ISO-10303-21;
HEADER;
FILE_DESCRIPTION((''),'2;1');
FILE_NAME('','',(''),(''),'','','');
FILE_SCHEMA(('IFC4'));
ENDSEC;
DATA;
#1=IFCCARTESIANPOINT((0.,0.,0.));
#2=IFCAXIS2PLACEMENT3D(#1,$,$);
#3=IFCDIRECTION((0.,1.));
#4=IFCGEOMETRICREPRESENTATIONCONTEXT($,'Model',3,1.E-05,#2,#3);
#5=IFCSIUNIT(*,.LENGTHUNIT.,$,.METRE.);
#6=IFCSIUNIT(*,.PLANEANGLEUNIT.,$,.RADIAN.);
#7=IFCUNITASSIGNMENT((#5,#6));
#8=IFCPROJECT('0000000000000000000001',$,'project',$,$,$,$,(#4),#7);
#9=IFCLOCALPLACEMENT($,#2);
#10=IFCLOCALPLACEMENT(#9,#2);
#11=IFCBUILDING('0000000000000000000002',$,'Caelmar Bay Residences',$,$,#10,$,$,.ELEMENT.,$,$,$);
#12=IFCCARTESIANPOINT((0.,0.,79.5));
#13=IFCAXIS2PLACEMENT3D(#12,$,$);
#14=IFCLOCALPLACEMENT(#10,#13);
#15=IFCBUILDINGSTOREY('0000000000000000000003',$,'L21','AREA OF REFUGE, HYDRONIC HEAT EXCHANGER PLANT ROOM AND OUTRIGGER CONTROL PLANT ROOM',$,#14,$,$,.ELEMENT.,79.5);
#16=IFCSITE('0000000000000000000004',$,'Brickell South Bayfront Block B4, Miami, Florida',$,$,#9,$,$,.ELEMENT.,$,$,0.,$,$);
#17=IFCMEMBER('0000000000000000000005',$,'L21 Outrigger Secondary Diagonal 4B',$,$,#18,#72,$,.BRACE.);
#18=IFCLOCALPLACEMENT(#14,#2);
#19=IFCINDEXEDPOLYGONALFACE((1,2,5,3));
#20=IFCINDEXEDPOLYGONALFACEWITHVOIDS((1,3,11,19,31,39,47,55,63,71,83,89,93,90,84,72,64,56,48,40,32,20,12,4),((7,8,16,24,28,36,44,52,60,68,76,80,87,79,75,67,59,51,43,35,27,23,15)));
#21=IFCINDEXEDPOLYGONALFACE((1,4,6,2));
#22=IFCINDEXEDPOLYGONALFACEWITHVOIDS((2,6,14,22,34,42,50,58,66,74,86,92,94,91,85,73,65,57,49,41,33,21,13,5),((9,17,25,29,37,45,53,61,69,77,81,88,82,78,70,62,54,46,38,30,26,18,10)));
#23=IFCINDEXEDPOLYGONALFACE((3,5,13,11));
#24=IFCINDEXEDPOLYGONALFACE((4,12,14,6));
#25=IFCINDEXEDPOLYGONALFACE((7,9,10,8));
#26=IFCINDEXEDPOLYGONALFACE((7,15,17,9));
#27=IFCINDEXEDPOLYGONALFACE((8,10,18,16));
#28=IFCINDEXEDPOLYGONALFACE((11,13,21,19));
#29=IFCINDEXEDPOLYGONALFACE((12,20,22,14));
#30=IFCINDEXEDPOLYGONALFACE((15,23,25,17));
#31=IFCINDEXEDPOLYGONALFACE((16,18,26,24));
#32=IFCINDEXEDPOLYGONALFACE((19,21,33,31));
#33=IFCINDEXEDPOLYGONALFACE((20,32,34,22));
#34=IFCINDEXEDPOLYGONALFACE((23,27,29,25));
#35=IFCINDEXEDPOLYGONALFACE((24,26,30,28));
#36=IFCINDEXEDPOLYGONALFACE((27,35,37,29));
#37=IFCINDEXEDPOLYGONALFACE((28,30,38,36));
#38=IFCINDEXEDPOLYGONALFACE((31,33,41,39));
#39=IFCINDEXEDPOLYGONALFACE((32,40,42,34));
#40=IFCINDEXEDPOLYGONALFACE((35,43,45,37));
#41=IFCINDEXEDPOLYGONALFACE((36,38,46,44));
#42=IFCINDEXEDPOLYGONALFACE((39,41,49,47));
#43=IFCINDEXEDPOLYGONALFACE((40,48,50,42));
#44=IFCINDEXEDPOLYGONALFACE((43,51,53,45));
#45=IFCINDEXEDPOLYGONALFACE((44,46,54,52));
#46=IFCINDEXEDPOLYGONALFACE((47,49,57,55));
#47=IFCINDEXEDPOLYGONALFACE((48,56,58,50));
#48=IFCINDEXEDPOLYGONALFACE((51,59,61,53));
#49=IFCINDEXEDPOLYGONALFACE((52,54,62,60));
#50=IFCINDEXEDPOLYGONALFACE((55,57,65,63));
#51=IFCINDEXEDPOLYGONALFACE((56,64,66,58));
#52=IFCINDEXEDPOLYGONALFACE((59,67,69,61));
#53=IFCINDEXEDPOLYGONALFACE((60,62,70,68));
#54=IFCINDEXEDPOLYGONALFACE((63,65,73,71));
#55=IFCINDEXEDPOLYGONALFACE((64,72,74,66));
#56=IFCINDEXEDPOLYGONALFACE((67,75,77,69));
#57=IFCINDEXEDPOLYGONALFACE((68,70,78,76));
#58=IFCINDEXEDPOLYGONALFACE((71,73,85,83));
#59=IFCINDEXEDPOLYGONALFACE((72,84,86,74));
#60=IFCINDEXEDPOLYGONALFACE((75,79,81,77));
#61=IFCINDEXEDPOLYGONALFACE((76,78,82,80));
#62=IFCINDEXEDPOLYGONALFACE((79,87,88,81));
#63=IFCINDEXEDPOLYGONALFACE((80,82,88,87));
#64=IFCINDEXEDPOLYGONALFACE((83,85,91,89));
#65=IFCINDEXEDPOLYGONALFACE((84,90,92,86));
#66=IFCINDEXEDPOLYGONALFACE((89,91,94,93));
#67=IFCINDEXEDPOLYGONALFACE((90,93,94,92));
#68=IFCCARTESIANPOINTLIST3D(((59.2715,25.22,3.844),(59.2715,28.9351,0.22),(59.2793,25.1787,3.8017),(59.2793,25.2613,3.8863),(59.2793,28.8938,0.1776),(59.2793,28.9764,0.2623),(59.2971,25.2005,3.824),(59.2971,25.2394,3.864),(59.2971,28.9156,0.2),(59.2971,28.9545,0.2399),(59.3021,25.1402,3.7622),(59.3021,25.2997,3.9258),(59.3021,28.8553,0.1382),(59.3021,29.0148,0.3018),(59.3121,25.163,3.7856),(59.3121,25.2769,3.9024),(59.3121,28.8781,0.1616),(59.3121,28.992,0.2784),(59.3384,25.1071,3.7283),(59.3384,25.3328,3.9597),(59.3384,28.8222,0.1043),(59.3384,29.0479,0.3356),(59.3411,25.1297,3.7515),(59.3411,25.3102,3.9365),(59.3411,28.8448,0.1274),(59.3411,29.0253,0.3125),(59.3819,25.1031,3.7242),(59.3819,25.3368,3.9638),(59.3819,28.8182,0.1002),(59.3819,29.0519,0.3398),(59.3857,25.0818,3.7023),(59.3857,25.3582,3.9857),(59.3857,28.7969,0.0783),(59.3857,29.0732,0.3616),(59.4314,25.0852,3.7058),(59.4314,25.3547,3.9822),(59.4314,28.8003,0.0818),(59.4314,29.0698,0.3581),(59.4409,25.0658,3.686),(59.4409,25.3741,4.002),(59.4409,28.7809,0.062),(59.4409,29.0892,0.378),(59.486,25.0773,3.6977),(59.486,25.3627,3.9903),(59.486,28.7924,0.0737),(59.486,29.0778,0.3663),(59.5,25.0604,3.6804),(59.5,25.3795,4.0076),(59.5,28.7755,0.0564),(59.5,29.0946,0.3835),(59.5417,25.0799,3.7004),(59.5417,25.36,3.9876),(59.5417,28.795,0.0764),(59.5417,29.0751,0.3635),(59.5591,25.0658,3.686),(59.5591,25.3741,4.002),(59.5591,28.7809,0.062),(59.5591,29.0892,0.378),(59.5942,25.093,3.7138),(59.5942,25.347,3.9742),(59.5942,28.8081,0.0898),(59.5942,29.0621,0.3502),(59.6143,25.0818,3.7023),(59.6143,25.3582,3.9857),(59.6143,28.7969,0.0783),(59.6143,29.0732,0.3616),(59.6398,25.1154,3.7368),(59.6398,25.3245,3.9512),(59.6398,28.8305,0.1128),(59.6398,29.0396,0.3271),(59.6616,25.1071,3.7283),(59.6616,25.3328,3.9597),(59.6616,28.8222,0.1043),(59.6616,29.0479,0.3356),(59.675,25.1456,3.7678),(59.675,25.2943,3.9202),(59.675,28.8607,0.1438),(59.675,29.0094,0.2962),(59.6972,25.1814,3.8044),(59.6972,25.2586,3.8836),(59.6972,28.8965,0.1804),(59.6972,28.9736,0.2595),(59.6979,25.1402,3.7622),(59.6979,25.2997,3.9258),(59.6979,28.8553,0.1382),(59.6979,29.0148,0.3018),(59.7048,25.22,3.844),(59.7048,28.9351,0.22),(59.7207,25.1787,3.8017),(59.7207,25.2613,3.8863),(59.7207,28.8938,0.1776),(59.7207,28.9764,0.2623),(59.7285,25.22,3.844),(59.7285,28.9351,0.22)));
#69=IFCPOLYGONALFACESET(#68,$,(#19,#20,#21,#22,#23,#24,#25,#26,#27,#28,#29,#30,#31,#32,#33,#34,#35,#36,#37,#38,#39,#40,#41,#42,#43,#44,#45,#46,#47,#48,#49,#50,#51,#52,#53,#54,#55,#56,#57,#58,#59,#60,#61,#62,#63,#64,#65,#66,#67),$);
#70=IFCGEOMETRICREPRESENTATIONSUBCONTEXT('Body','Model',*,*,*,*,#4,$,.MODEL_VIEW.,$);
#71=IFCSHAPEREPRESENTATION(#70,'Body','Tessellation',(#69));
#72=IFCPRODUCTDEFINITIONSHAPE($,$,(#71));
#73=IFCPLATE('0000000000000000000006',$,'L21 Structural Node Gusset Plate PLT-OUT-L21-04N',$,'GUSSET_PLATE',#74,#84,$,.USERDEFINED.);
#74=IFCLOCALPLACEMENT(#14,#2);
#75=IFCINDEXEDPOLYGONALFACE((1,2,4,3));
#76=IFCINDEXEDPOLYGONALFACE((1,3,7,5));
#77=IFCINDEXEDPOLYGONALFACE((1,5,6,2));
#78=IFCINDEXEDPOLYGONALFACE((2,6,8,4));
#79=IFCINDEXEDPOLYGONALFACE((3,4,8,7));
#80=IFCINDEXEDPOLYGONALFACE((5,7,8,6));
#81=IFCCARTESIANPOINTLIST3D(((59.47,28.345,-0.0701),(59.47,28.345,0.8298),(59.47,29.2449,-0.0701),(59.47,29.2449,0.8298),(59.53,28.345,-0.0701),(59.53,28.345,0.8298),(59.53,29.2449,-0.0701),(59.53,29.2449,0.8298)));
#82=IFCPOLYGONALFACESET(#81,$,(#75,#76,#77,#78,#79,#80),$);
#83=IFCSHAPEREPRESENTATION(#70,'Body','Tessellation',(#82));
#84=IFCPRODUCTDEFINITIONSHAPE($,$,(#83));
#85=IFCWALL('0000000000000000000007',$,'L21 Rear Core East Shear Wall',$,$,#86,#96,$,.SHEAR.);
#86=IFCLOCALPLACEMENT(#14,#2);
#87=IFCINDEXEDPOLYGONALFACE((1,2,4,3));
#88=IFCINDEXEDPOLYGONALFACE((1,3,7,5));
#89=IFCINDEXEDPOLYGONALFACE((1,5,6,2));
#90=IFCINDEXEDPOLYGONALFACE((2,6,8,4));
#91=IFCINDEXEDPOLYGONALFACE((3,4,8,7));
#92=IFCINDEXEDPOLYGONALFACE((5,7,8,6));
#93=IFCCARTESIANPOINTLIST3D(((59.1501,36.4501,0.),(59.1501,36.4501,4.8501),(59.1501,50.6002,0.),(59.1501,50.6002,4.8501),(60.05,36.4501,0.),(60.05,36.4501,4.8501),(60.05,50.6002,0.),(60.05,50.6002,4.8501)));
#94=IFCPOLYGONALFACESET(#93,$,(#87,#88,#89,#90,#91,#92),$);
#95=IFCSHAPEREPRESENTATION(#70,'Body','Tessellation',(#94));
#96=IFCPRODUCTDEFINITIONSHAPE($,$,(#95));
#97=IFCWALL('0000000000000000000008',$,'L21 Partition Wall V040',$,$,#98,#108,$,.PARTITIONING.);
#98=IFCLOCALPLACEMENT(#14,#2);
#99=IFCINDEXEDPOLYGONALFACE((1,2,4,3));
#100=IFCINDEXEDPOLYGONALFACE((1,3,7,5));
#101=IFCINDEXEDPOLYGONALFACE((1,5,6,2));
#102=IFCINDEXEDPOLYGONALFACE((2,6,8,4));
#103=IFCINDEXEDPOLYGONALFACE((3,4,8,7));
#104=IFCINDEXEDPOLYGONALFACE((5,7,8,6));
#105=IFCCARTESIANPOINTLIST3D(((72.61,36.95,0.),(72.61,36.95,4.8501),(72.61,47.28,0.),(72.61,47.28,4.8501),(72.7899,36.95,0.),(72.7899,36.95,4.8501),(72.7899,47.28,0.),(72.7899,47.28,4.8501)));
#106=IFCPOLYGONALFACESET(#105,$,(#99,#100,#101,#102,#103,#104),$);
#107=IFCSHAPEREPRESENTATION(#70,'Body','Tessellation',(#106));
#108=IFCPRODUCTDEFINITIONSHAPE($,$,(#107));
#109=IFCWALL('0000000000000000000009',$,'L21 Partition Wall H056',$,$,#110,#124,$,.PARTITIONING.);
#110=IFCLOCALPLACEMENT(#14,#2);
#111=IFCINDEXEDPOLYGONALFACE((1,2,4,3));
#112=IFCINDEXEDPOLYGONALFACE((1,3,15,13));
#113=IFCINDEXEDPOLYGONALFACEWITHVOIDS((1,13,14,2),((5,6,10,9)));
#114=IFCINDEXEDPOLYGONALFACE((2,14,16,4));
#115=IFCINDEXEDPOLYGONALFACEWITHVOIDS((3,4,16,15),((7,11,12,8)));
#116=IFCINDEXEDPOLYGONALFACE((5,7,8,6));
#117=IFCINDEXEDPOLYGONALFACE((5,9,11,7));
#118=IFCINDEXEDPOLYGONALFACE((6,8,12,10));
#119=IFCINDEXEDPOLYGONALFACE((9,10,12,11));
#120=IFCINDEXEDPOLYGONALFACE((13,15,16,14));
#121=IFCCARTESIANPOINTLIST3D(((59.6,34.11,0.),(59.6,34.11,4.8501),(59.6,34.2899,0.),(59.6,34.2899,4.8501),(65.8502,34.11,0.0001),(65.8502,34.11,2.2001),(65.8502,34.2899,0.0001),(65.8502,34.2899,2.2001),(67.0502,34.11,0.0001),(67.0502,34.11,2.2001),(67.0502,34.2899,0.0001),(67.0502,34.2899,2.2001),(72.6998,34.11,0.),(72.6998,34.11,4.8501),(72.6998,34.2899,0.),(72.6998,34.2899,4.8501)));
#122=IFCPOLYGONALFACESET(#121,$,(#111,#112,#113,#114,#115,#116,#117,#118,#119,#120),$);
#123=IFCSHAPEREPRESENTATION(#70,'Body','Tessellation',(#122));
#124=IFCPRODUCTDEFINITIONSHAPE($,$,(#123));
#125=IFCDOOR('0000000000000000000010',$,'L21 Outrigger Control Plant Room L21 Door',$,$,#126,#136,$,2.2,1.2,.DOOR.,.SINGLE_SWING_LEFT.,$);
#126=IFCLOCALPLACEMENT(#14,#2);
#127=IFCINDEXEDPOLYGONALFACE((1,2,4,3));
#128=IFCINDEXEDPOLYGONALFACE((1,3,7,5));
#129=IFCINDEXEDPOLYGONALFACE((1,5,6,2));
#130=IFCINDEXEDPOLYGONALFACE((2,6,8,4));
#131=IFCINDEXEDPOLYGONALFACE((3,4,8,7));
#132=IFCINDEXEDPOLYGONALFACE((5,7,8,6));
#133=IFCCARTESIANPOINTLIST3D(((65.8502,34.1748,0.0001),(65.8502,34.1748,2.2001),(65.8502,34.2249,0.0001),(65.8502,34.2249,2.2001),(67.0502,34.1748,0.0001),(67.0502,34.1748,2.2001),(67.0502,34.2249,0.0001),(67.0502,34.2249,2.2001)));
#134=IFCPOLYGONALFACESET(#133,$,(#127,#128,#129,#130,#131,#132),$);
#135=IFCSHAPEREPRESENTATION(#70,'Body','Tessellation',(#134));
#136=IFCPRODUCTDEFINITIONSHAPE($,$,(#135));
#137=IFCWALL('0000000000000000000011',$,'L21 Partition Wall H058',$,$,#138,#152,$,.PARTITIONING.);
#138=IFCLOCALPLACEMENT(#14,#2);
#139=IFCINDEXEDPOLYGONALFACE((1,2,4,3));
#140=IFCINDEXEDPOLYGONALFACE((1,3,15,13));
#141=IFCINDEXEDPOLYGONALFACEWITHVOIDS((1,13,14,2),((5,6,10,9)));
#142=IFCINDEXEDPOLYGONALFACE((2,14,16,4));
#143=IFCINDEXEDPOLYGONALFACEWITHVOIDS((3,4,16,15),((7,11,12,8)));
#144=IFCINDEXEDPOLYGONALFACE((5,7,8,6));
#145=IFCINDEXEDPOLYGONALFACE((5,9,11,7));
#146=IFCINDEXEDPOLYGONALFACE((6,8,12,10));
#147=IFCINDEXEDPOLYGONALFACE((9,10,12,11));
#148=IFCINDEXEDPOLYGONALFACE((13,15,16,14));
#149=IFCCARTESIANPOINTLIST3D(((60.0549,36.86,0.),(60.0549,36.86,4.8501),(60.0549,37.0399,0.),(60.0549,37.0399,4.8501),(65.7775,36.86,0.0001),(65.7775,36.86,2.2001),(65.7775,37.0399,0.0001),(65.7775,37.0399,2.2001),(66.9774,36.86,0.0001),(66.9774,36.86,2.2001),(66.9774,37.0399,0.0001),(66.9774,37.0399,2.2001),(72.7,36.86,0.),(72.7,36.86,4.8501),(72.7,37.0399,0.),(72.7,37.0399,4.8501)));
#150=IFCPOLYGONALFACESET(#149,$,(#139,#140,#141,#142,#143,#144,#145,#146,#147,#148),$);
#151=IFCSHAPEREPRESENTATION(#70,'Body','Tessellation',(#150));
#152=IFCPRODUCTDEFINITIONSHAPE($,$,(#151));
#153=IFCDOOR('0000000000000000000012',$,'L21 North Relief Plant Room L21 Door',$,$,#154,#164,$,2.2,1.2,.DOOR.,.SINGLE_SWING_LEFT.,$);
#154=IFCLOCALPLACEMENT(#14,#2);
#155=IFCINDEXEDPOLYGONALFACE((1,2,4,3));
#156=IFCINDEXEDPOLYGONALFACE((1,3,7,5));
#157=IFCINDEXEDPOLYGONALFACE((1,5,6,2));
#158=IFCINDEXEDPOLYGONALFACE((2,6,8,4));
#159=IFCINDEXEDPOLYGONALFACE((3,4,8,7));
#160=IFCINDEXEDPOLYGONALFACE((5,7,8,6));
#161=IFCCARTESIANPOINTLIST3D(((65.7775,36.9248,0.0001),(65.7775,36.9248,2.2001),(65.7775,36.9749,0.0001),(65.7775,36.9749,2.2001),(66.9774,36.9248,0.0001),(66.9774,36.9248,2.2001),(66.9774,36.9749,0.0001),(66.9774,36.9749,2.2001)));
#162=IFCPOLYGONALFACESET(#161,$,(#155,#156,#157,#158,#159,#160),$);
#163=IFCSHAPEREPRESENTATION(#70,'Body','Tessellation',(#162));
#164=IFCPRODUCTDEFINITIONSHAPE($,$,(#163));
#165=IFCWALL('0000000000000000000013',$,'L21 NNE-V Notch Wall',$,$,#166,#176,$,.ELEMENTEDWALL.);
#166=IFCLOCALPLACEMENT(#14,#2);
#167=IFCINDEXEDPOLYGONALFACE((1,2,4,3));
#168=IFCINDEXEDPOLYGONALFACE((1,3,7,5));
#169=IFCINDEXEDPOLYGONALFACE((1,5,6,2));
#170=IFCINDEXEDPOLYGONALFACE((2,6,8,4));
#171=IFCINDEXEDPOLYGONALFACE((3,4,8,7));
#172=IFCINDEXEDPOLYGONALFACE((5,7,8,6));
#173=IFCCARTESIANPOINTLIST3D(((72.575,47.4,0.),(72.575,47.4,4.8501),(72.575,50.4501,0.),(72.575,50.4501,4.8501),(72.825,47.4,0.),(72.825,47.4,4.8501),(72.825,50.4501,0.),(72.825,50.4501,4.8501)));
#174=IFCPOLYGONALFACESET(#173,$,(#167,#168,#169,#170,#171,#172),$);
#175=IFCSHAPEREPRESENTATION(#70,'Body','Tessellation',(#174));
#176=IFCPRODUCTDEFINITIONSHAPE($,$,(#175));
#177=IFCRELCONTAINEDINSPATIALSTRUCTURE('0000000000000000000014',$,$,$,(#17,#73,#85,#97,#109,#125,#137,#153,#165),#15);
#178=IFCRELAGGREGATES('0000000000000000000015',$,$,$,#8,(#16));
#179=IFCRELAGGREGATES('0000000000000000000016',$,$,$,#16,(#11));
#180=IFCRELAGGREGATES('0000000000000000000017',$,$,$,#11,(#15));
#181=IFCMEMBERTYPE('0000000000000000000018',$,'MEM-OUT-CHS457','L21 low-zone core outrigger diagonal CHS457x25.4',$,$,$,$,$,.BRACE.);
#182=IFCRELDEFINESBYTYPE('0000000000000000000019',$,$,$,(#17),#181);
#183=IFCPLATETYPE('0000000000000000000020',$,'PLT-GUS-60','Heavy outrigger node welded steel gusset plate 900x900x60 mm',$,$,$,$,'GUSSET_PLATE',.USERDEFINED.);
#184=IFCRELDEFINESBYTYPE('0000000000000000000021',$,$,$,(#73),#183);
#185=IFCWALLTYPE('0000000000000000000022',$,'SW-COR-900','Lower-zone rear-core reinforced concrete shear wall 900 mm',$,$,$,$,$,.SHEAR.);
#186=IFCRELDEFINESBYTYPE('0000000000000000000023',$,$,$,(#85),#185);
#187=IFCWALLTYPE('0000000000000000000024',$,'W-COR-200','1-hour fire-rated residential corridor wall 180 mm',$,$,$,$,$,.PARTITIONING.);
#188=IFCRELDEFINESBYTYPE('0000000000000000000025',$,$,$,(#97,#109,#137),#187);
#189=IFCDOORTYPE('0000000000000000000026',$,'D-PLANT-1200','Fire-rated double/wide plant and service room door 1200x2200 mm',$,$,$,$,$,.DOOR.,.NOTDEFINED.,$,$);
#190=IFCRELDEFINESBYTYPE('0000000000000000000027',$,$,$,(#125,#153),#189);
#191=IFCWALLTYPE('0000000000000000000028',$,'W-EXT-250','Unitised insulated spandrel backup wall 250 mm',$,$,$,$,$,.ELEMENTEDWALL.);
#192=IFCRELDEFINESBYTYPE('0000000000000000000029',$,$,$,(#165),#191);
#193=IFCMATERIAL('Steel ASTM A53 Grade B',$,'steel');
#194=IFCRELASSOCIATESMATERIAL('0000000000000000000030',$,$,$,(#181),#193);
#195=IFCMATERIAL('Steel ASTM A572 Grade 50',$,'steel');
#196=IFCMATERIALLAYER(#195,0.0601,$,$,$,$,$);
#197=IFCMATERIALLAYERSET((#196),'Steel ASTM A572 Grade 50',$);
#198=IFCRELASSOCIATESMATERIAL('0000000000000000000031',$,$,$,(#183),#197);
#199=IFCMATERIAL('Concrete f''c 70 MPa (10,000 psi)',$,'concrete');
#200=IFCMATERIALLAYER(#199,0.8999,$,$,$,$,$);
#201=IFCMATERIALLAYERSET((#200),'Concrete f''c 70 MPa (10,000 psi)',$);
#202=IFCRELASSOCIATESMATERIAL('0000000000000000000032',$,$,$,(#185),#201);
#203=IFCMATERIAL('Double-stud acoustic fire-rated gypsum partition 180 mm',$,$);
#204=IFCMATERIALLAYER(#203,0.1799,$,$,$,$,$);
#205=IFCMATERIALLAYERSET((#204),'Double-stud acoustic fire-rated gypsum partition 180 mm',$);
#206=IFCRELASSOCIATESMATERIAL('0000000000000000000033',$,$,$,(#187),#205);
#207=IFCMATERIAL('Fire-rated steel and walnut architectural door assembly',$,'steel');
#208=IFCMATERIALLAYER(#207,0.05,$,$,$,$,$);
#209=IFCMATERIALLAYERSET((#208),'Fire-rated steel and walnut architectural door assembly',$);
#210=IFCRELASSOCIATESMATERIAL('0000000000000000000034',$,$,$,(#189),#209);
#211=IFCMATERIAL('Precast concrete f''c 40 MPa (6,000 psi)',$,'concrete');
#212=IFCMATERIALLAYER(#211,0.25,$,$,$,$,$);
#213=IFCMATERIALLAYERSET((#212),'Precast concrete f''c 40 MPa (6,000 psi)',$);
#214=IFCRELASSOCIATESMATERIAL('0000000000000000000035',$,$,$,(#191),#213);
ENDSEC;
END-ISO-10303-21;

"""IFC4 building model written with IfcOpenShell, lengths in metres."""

from ifc_helpers import new_model, si_unit, direction, frame, frame_2d, origin, origin_2d, place, context, subcontext, project, spatial, rectangle, hollow_circle, extrude, material, layer, layer_set, material_profile, profile_set, type_object, element, fill, save


model = new_model("IFC4")

# Units and contexts
model_context = context("Model", 3, precision=1e-05, world=origin(), true_north=direction((0.0, 1.0)))
body_context = subcontext(model_context, "Body", "Model", "MODEL_VIEW")
ifc_project = project(units=[si_unit("LENGTHUNIT", "METRE"), si_unit("PLANEANGLEUNIT", "RADIAN")], contexts=[model_context])

# Site, building, storey
site_placement = place(None, origin())
site = spatial("IfcSite", under=ifc_project, at=site_placement, Name="Brickell South Bayfront Block B4, Miami, Florida", CompositionType="ELEMENT", RefElevation=0.0)
building_placement = place(site_placement, origin())
building = spatial("IfcBuilding", under=site, at=building_placement, Name="Caelmar Bay Residences", CompositionType="ELEMENT")
storey_placement = place(building_placement, frame((0.0, 0.0, 79.5)))
storey = spatial("IfcBuildingStorey", under=building, at=storey_placement, Name="L21", Description="AREA OF REFUGE, HYDRONIC HEAT EXCHANGER PLANT ROOM AND OUTRIGGER CONTROL PLANT ROOM", CompositionType="ELEMENT", Elevation=79.5)

# Shared definitions
ifc_material_1 = material(Name="Concrete f'c 70 MPa (10,000 psi)", Category="concrete")

# Member
ifc_material_2 = material(Name="Steel ASTM A53 Grade B", Category="steel")
ifc_material_profile_1 = material_profile(ifc_material_2, hollow_circle(Radius=0.2285, WallThickness=0.0237, at=origin_2d()), Name="CHS457X25.4")
ifc_profile_set_1 = profile_set([ifc_material_profile_1], Name="Steel ASTM A53 Grade B")
member_type = type_object("IfcMemberType", Name="MEM-OUT-CHS457", Description="L21 low-zone core outrigger diagonal CHS457x25.4", PredefinedType="BRACE", material=ifc_profile_set_1)
member_placement = place(storey_placement, frame((59.5, 28.9351, 0.22), z_axis=(0.0, -0.715826, 0.698279), x_axis=(1.0, 0.0, 0.0)))
element("IfcMember", 1, at=member_placement, inside=storey, type_object=member_type, Name="L21 Outrigger Secondary Diagonal 4B", PredefinedType="BRACE", context=body_context, shape_type="SweptSolid", body=[
    extrude(hollow_circle(Radius=0.2285, WallThickness=0.0237, at=origin_2d()), origin(), (0.0, 0.0, 1.0), 5.1899),
])

# Plate
ifc_material_3 = material(Name="Steel ASTM A572 Grade 50", Category="steel")
ifc_layer_1 = layer(ifc_material_3, 0.0601)
ifc_layer_set_1 = layer_set([ifc_layer_1], Name="Steel ASTM A572 Grade 50")
plate_type = type_object("IfcPlateType", Name="PLT-GUS-60", Description="Heavy outrigger node welded steel gusset plate 900x900x60 mm", ElementType="GUSSET_PLATE", PredefinedType="USERDEFINED", material=ifc_layer_set_1)
plate_placement = place(storey_placement, frame((59.5, 28.7949, -0.0701), z_axis=(0.0, 0.0, 1.0), x_axis=(0.0, 1.0, 0.0)))
element("IfcPlate", 2, at=plate_placement, inside=storey, type_object=plate_type, Name="L21 Structural Node Gusset Plate PLT-OUT-L21-04N", ObjectType="GUSSET_PLATE", PredefinedType="USERDEFINED", context=body_context, shape_type="SweptSolid", body=[
    extrude(rectangle(XDim=0.8999, YDim=0.0601, at=origin_2d()), origin(), (0.0, 0.0, 1.0), 0.8999),
])

# Walls
ifc_layer_2 = layer(ifc_material_1, 0.8999)
ifc_layer_set_2 = layer_set([ifc_layer_2], Name="Concrete f'c 70 MPa (10,000 psi)")
wall_type_1 = type_object("IfcWallType", Name="SW-COR-900", Description="Lower-zone rear-core reinforced concrete shear wall 900 mm", PredefinedType="SHEAR", material=ifc_layer_set_2)
wall_1_placement = place(storey_placement, frame((59.6001, 36.45, 0.0), z_axis=(0.0, 0.0, 1.0), x_axis=(0.0, 1.0, 0.0)))
element("IfcWall", 3, at=wall_1_placement, inside=storey, type_object=wall_type_1, Name="L21 Rear Core East Shear Wall", PredefinedType="SHEAR", context=body_context, shape_type="SweptSolid", body=[
    extrude(rectangle(XDim=14.1501, YDim=0.8999, at=frame_2d((7.0752, 0.0))), origin(), (0.0, 0.0, 1.0), 4.8501),
])
ifc_material_4 = material(Name="Double-stud acoustic fire-rated gypsum partition 180 mm")
ifc_layer_3 = layer(ifc_material_4, 0.1799)
ifc_layer_set_3 = layer_set([ifc_layer_3], Name="Double-stud acoustic fire-rated gypsum partition 180 mm")
wall_type_2 = type_object("IfcWallType", Name="W-COR-200", Description="1-hour fire-rated residential corridor wall 180 mm", PredefinedType="PARTITIONING", material=ifc_layer_set_3)
wall_2_placement = place(storey_placement, frame((72.7, 36.95, 0.0), z_axis=(0.0, 0.0, 1.0), x_axis=(0.0, 1.0, 0.0)))
element("IfcWall", 4, at=wall_2_placement, inside=storey, type_object=wall_type_2, Name="L21 Partition Wall V040", PredefinedType="PARTITIONING", context=body_context, shape_type="SweptSolid", body=[
    extrude(rectangle(XDim=10.3301, YDim=0.1799, at=frame_2d((5.165, 0.0))), origin(), (0.0, 0.0, 1.0), 4.8501),
])

# Walls, openings, doors
wall_3_placement = place(storey_placement, frame((59.6001, 34.2, 0.0), z_axis=(0.0, 0.0, 1.0), x_axis=(1.0, 0.0, 0.0)))
wall_3 = element("IfcWall", 5, at=wall_3_placement, inside=storey, type_object=wall_type_2, Name="L21 Partition Wall H056", PredefinedType="PARTITIONING", context=body_context, shape_type="SweptSolid", body=[
    extrude(rectangle(XDim=13.0999, YDim=0.1799, at=frame_2d((6.5498, 0.0))), origin(), (0.0, 0.0, 1.0), 4.8501),
])
opening_1_placement = place(wall_3_placement, frame((6.25, 0.0, 0.0)))
opening_1 = element("IfcOpeningElement", 6, at=opening_1_placement, cuts=wall_3, PredefinedType="OPENING", context=body_context, shape_type="SweptSolid", body=[
    extrude(rectangle(XDim=1.2, YDim=2.2, at=frame_2d((0.6001, 1.1001))), frame((0.0, 0.0999, 0.0), z_axis=(0.0, -1.0, 0.0), x_axis=(1.0, 0.0, 0.0)), (0.0, 0.0, 1.0), 0.2),
])
ifc_material_5 = material(Name="Fire-rated steel and walnut architectural door assembly", Category="steel")
ifc_layer_4 = layer(ifc_material_5, 0.05)
ifc_layer_set_4 = layer_set([ifc_layer_4], Name="Fire-rated steel and walnut architectural door assembly")
door_type = type_object("IfcDoorType", Name="D-PLANT-1200", Description="Fire-rated double/wide plant and service room door 1200x2200 mm", OperationType="NOTDEFINED", PredefinedType="DOOR", material=ifc_layer_set_4)
door_1_placement = place(opening_1_placement, origin())
door_1 = element("IfcDoor", 7, at=door_1_placement, inside=storey, type_object=door_type, Name="L21 Outrigger Control Plant Room L21 Door", OperationType="SINGLE_SWING_LEFT", OverallHeight=2.2, OverallWidth=1.2, PredefinedType="DOOR", context=body_context, shape_type="SweptSolid", body=[
    extrude(rectangle(XDim=1.2, YDim=2.2, at=frame_2d((0.6001, 1.1001))), frame((0.0, 0.0249, 0.0), z_axis=(0.0, -1.0, 0.0), x_axis=(1.0, 0.0, 0.0)), (0.0, 0.0, 1.0), 0.05),
])
fill(opening_1, door_1)
wall_4_placement = place(storey_placement, frame((60.0549, 36.95, 0.0), z_axis=(0.0, 0.0, 1.0), x_axis=(1.0, 0.0, 0.0)))
wall_4 = element("IfcWall", 8, at=wall_4_placement, inside=storey, type_object=wall_type_2, Name="L21 Partition Wall H058", PredefinedType="PARTITIONING", context=body_context, shape_type="SweptSolid", body=[
    extrude(rectangle(XDim=12.645, YDim=0.1799, at=frame_2d((6.3225, 0.0))), origin(), (0.0, 0.0, 1.0), 4.8501),
])
opening_2_placement = place(wall_4_placement, frame((5.7224, 0.0, 0.0)))
opening_2 = element("IfcOpeningElement", 9, at=opening_2_placement, cuts=wall_4, PredefinedType="OPENING", context=body_context, shape_type="SweptSolid", body=[
    extrude(rectangle(XDim=1.2, YDim=2.2, at=frame_2d((0.6001, 1.1001))), frame((0.0, 0.0999, 0.0), z_axis=(0.0, -1.0, 0.0), x_axis=(1.0, 0.0, 0.0)), (0.0, 0.0, 1.0), 0.2),
])
door_2_placement = place(opening_2_placement, origin())
door_2 = element("IfcDoor", 10, at=door_2_placement, inside=storey, type_object=door_type, Name="L21 North Relief Plant Room L21 Door", OperationType="SINGLE_SWING_LEFT", OverallHeight=2.2, OverallWidth=1.2, PredefinedType="DOOR", context=body_context, shape_type="SweptSolid", body=[
    extrude(rectangle(XDim=1.2, YDim=2.2, at=frame_2d((0.6001, 1.1001))), frame((0.0, 0.0249, 0.0), z_axis=(0.0, -1.0, 0.0), x_axis=(1.0, 0.0, 0.0)), (0.0, 0.0, 1.0), 0.05),
])
fill(opening_2, door_2)

# Wall
ifc_material_6 = material(Name="Precast concrete f'c 40 MPa (6,000 psi)", Category="concrete")
ifc_layer_5 = layer(ifc_material_6, 0.25)
ifc_layer_set_5 = layer_set([ifc_layer_5], Name="Precast concrete f'c 40 MPa (6,000 psi)")
wall_type_3 = type_object("IfcWallType", Name="W-EXT-250", Description="Unitised insulated spandrel backup wall 250 mm", PredefinedType="ELEMENTEDWALL", material=ifc_layer_set_5)
wall_5_placement = place(storey_placement, frame((72.7, 50.45, 0.0), z_axis=(0.0, 0.0, 1.0), x_axis=(0.0, -1.0, 0.0)))
element("IfcWall", 11, at=wall_5_placement, inside=storey, type_object=wall_type_3, Name="L21 NNE-V Notch Wall", PredefinedType="ELEMENTEDWALL", context=body_context, shape_type="SweptSolid", body=[
    extrude(rectangle(XDim=3.05, YDim=0.25, at=frame_2d((1.5249, 0.0))), origin(), (0.0, 0.0, 1.0), 4.8501),
])

save(model, "model.ifc")
